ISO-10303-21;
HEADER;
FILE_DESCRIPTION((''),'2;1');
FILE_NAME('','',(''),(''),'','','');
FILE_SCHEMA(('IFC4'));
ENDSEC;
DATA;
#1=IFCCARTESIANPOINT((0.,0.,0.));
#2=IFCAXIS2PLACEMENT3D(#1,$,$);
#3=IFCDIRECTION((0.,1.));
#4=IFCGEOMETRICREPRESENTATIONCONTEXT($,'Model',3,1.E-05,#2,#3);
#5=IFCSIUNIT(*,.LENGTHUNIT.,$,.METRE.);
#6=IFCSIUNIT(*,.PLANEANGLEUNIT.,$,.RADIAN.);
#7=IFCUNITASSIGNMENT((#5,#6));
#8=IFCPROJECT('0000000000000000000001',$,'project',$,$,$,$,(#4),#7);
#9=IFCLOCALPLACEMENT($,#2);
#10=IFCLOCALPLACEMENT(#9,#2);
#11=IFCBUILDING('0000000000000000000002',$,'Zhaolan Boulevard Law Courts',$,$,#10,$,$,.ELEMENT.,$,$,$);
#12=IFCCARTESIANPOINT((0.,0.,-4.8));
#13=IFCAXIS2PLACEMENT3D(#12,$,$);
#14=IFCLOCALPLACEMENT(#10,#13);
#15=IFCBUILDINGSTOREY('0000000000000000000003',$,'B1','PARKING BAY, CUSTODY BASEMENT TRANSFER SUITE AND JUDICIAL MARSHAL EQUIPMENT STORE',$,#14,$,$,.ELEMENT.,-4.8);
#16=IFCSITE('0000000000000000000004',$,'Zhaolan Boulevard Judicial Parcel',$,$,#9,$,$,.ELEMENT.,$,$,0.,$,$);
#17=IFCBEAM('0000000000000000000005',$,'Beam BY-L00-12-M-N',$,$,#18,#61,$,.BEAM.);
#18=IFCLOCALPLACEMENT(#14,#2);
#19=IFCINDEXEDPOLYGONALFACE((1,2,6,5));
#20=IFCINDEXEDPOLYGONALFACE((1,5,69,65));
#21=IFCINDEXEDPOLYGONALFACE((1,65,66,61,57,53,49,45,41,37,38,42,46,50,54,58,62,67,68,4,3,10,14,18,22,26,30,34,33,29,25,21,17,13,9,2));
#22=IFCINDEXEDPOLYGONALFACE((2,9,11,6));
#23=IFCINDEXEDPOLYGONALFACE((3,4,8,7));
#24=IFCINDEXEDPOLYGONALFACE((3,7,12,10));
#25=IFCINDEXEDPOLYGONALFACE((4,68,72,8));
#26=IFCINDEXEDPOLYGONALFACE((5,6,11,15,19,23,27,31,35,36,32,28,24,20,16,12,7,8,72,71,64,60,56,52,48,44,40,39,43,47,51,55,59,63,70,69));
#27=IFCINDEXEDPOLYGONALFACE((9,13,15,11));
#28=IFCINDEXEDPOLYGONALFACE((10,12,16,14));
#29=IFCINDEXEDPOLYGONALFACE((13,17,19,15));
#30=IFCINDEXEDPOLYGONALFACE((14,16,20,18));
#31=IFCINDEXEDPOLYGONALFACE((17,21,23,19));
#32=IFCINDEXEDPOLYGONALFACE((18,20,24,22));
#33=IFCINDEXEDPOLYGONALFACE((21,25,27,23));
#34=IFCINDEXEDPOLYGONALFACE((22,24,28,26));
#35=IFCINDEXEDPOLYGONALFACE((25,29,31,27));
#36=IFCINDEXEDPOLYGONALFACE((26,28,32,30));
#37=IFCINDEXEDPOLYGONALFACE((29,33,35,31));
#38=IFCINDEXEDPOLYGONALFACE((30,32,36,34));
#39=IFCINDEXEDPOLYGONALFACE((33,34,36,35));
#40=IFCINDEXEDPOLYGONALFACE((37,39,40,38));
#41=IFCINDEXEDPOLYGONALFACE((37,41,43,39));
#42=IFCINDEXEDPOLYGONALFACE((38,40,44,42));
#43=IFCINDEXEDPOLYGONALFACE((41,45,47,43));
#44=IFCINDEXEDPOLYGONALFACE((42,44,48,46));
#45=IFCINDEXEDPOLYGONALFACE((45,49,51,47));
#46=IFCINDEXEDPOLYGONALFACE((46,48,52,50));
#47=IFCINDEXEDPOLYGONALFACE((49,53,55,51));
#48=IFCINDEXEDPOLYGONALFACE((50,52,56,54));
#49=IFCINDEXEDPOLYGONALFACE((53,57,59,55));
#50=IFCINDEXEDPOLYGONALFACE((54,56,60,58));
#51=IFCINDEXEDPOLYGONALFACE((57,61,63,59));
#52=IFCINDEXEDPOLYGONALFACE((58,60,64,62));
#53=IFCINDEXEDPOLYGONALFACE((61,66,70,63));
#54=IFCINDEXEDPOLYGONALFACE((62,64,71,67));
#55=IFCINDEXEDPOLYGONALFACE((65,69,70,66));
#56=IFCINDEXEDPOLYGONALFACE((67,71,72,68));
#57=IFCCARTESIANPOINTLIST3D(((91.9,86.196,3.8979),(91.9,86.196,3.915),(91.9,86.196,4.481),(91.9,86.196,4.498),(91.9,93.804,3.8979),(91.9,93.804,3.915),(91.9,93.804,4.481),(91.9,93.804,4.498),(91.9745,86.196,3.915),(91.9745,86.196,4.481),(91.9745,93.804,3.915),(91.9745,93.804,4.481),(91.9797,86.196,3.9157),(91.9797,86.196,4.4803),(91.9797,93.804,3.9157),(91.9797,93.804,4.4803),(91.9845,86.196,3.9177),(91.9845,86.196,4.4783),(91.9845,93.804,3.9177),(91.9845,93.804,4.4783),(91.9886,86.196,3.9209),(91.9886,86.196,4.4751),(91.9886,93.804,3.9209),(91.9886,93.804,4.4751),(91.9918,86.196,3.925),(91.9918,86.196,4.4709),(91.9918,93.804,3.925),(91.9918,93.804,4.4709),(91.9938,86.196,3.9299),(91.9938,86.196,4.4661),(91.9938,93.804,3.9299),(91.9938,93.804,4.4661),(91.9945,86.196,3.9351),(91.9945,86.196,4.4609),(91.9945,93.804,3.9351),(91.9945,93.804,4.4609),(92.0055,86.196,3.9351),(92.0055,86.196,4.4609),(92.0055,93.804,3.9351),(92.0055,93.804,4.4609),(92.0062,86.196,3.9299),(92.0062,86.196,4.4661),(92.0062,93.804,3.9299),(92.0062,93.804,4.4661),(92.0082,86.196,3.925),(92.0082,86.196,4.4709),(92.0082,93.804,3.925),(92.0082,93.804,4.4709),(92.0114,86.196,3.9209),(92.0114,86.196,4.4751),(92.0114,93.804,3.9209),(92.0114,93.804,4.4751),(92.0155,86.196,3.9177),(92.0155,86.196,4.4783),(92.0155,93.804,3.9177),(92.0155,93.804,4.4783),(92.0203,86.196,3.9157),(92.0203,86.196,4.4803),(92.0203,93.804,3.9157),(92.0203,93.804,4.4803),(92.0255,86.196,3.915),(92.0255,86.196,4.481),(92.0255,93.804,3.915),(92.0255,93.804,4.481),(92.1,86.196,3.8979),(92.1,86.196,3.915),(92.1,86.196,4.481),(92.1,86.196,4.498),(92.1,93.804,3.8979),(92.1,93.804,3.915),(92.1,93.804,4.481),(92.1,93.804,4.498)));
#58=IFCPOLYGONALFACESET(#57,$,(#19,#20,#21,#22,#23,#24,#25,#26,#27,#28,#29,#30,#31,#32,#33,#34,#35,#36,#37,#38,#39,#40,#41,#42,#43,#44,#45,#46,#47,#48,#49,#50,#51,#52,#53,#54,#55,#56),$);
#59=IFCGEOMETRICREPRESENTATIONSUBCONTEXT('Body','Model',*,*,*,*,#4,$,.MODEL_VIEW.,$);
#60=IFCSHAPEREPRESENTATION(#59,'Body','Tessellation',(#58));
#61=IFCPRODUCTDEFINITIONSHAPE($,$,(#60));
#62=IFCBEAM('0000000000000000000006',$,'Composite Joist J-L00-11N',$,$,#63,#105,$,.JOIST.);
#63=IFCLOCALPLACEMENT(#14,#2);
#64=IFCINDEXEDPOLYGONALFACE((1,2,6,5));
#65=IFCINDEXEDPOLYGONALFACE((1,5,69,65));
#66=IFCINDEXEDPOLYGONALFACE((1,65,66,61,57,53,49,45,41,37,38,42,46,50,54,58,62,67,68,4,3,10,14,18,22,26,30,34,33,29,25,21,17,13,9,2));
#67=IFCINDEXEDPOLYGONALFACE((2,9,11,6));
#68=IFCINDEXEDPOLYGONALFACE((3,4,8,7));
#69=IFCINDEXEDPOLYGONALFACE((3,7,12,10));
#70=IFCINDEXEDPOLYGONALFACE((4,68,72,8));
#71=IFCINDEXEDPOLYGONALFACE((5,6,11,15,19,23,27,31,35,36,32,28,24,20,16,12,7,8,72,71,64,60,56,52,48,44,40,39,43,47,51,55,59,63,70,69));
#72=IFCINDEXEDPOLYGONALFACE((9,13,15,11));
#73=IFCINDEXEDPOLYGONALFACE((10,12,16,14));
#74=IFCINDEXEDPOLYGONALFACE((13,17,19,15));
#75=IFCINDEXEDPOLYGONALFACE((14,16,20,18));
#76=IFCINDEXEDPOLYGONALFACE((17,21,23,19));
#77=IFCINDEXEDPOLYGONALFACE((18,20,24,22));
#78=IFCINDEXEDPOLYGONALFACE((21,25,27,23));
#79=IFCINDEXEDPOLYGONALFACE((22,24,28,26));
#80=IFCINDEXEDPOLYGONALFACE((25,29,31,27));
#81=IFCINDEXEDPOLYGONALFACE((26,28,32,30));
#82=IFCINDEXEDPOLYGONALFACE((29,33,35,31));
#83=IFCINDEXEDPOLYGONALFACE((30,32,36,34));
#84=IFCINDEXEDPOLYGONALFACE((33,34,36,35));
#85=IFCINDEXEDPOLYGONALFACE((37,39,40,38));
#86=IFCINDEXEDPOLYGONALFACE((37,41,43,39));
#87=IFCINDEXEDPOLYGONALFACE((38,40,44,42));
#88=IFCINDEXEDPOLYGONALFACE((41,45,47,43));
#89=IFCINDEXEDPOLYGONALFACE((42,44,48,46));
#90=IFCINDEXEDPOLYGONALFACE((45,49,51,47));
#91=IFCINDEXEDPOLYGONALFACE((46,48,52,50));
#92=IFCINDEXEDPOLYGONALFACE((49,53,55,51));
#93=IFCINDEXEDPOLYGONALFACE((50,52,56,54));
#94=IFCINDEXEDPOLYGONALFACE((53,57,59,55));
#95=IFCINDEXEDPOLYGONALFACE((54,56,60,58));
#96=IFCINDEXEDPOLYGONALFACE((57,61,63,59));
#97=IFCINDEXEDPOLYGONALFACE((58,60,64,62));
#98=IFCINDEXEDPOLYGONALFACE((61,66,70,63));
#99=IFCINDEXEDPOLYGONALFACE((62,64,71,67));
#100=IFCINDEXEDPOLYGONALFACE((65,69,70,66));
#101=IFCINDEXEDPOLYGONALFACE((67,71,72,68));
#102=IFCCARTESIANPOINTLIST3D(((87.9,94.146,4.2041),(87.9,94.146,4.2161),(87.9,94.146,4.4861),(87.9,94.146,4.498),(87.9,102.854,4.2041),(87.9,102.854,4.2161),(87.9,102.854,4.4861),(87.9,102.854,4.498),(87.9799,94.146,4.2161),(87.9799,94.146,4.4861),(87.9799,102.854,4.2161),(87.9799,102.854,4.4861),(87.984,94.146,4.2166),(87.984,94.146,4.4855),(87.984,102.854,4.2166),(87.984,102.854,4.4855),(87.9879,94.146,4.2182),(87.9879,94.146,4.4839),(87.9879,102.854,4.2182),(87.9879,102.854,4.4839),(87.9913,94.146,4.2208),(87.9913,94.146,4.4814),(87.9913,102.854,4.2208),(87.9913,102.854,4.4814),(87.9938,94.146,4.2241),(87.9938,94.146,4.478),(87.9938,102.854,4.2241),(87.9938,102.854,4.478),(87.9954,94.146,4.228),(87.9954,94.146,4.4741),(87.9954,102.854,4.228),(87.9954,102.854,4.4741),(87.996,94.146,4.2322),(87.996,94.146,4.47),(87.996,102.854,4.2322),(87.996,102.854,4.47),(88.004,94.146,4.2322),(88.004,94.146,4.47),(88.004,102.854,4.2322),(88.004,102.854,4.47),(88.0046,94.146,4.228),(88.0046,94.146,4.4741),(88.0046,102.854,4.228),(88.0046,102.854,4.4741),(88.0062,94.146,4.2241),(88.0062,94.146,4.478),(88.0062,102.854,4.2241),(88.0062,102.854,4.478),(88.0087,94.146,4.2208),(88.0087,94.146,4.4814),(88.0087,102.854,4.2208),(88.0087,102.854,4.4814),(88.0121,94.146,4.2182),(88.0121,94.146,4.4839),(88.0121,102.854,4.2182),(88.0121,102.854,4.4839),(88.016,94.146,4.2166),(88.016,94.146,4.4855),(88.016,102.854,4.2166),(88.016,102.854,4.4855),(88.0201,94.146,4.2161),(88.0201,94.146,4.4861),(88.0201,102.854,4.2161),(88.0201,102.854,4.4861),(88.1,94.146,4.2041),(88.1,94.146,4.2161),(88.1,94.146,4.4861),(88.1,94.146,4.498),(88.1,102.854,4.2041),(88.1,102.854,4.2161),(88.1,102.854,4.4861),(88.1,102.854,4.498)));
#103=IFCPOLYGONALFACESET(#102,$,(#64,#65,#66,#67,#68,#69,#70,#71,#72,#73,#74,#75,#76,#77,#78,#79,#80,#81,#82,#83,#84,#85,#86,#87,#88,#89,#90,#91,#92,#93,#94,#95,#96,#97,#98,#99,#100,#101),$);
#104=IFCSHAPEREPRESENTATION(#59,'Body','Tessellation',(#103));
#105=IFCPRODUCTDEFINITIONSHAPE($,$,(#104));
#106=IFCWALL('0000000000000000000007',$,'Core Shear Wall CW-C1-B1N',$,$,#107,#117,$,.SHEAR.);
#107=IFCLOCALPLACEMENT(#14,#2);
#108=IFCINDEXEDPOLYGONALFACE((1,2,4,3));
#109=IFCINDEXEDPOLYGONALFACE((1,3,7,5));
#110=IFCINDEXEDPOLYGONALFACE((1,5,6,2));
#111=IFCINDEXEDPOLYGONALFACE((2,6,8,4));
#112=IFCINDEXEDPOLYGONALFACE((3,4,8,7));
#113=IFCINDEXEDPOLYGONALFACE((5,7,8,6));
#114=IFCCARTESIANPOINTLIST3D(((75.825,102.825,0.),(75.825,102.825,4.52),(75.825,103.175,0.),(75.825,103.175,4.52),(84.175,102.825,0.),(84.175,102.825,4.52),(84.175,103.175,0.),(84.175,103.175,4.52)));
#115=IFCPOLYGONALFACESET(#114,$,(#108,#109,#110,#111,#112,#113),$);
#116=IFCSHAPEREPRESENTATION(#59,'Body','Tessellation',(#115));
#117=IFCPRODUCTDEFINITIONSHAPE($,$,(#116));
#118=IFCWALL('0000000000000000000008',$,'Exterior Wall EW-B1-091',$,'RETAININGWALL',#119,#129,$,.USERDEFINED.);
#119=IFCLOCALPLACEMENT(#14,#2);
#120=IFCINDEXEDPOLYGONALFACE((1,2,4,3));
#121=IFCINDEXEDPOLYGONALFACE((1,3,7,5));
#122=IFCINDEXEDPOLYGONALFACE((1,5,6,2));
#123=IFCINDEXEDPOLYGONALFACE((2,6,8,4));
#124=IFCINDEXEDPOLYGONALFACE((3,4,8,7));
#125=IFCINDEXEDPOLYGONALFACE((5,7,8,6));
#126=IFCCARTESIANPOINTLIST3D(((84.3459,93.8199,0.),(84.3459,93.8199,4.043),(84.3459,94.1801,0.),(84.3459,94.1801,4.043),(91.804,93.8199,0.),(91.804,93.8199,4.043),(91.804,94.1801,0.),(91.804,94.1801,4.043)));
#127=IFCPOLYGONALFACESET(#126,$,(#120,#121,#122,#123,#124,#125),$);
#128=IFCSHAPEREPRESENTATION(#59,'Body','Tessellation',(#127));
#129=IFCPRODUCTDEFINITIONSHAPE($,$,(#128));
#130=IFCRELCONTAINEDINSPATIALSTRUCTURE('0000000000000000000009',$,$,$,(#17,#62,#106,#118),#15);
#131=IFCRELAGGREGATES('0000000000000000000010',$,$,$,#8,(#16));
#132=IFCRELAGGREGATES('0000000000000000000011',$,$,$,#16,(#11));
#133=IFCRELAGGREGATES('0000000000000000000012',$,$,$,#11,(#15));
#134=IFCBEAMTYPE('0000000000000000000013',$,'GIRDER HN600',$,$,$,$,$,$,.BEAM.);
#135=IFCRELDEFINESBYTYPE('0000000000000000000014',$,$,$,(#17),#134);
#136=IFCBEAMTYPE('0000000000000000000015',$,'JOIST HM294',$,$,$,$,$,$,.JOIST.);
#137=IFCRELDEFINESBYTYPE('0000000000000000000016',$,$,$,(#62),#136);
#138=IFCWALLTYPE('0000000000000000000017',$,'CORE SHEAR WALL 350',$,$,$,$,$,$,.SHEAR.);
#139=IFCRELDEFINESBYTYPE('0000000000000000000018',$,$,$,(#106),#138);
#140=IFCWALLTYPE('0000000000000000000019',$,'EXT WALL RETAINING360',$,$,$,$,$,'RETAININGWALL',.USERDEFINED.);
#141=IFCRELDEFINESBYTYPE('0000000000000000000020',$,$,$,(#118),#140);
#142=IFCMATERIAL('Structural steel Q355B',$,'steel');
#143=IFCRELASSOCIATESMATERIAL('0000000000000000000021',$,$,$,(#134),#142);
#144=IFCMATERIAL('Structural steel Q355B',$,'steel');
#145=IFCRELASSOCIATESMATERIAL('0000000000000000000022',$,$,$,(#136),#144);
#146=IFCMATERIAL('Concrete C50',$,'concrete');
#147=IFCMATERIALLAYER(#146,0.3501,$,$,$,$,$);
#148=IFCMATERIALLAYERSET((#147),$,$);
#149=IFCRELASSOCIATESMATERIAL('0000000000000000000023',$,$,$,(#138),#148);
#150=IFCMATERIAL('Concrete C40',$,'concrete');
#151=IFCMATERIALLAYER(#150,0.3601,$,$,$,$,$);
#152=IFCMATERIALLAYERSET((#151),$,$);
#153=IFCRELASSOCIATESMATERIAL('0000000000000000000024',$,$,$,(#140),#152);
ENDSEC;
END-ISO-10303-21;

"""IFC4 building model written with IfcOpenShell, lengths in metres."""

from ifc_helpers import new_model, si_unit, direction, frame, frame_2d, origin, origin_2d, place, context, subcontext, project, spatial, rectangle, i_section, extrude, material, layer, layer_set, material_profile, profile_set, type_object, element, save


model = new_model("IFC4")

# Units and contexts
model_context = context("Model", 3, precision=1e-05, world=origin(), true_north=direction((0.0, 1.0)))
body_context = subcontext(model_context, "Body", "Model", "MODEL_VIEW")
ifc_project = project(units=[si_unit("LENGTHUNIT", "METRE"), si_unit("PLANEANGLEUNIT", "RADIAN")], contexts=[model_context])

# Site, building, storey
site_placement = place(None, origin())
site = spatial("IfcSite", under=ifc_project, at=site_placement, Name="Zhaolan Boulevard Judicial Parcel", CompositionType="ELEMENT", RefElevation=0.0)
building_placement = place(site_placement, origin())
building = spatial("IfcBuilding", under=site, at=building_placement, Name="Zhaolan Boulevard Law Courts", CompositionType="ELEMENT")
storey_placement = place(building_placement, frame((0.0, 0.0, -4.8)))
storey = spatial("IfcBuildingStorey", under=building, at=storey_placement, Name="B1", Description="PARKING BAY, CUSTODY BASEMENT TRANSFER SUITE AND JUDICIAL MARSHAL EQUIPMENT STORE", CompositionType="ELEMENT", Elevation=-4.8)

# Beams
ifc_material_1 = material(Name="Structural steel Q355B", Category="steel")
ifc_material_profile_1 = material_profile(ifc_material_1, i_section(OverallWidth=0.2, OverallDepth=0.6001, WebThickness=0.011, FlangeThickness=0.0171, FilletRadius=0.02, at=origin_2d()), Name="HN600x200")
ifc_profile_set_1 = profile_set([ifc_material_profile_1], Name="Structural steel Q355B")
beam_type_1 = type_object("IfcBeamType", Name="GIRDER HN600", PredefinedType="BEAM", material=ifc_profile_set_1)
beam_1_placement = place(storey_placement, frame((92.0, 86.196, 4.198), z_axis=(0.0, 1.0, 0.0), x_axis=(-1.0, 0.0, 0.0)))
element("IfcBeam", 1, at=beam_1_placement, inside=storey, type_object=beam_type_1, Name="Beam BY-L00-12-M-N", PredefinedType="BEAM", context=body_context, shape_type="SweptSolid", body=[
    extrude(i_section(OverallWidth=0.2, OverallDepth=0.6001, WebThickness=0.011, FlangeThickness=0.0171, FilletRadius=0.02, at=origin_2d()), origin(), (0.0, 0.0, 1.0), 7.6079),
])
ifc_material_2 = material(Name="Structural steel Q355B", Category="steel")
ifc_material_profile_2 = material_profile(ifc_material_2, i_section(OverallWidth=0.2, OverallDepth=0.2939, WebThickness=0.0081, FlangeThickness=0.012, FilletRadius=0.0161, at=origin_2d()), Name="HM294x200")
ifc_profile_set_2 = profile_set([ifc_material_profile_2], Name="Structural steel Q355B")
beam_type_2 = type_object("IfcBeamType", Name="JOIST HM294", PredefinedType="JOIST", material=ifc_profile_set_2)
beam_2_placement = place(storey_placement, frame((88.0, 94.146, 4.3511), z_axis=(0.0, 1.0, 0.0), x_axis=(-1.0, 0.0, 0.0)))
element("IfcBeam", 2, at=beam_2_placement, inside=storey, type_object=beam_type_2, Name="Composite Joist J-L00-11N", PredefinedType="JOIST", context=body_context, shape_type="SweptSolid", body=[
    extrude(i_section(OverallWidth=0.2, OverallDepth=0.2939, WebThickness=0.0081, FlangeThickness=0.012, FilletRadius=0.0161, at=origin_2d()), origin(), (0.0, 0.0, 1.0), 8.708),
])

# Walls
ifc_material_3 = material(Name="Concrete C50", Category="concrete")
ifc_layer_1 = layer(ifc_material_3, 0.3501)
ifc_layer_set_1 = layer_set([ifc_layer_1])
wall_type_1 = type_object("IfcWallType", Name="CORE SHEAR WALL 350", PredefinedType="SHEAR", material=ifc_layer_set_1)
wall_1_placement = place(storey_placement, frame((84.175, 103.0, 0.0), z_axis=(0.0, 0.0, 1.0), x_axis=(-1.0, 0.0, 0.0)))
element("IfcWall", 3, at=wall_1_placement, inside=storey, type_object=wall_type_1, Name="Core Shear Wall CW-C1-B1N", PredefinedType="SHEAR", context=body_context, shape_type="SweptSolid", body=[
    extrude(rectangle(XDim=8.3501, YDim=0.3501, at=frame_2d((4.175, 0.0))), origin(), (0.0, 0.0, 1.0), 4.52),
])
ifc_material_4 = material(Name="Concrete C40", Category="concrete")
ifc_layer_2 = layer(ifc_material_4, 0.3601)
ifc_layer_set_2 = layer_set([ifc_layer_2])
wall_type_2 = type_object("IfcWallType", Name="EXT WALL RETAINING360", ElementType="RETAININGWALL", PredefinedType="USERDEFINED", material=ifc_layer_set_2)
wall_2_placement = place(storey_placement, frame((91.804, 94.0, 0.0), z_axis=(0.0, 0.0, 1.0), x_axis=(-1.0, 0.0, 0.0)))
element("IfcWall", 4, at=wall_2_placement, inside=storey, type_object=wall_type_2, Name="Exterior Wall EW-B1-091", ObjectType="RETAININGWALL", PredefinedType="USERDEFINED", context=body_context, shape_type="SweptSolid", body=[
    extrude(rectangle(XDim=7.458, YDim=0.3601, at=frame_2d((3.729, 0.0))), origin(), (0.0, 0.0, 1.0), 4.043),
])

save(model, "model.ifc")
